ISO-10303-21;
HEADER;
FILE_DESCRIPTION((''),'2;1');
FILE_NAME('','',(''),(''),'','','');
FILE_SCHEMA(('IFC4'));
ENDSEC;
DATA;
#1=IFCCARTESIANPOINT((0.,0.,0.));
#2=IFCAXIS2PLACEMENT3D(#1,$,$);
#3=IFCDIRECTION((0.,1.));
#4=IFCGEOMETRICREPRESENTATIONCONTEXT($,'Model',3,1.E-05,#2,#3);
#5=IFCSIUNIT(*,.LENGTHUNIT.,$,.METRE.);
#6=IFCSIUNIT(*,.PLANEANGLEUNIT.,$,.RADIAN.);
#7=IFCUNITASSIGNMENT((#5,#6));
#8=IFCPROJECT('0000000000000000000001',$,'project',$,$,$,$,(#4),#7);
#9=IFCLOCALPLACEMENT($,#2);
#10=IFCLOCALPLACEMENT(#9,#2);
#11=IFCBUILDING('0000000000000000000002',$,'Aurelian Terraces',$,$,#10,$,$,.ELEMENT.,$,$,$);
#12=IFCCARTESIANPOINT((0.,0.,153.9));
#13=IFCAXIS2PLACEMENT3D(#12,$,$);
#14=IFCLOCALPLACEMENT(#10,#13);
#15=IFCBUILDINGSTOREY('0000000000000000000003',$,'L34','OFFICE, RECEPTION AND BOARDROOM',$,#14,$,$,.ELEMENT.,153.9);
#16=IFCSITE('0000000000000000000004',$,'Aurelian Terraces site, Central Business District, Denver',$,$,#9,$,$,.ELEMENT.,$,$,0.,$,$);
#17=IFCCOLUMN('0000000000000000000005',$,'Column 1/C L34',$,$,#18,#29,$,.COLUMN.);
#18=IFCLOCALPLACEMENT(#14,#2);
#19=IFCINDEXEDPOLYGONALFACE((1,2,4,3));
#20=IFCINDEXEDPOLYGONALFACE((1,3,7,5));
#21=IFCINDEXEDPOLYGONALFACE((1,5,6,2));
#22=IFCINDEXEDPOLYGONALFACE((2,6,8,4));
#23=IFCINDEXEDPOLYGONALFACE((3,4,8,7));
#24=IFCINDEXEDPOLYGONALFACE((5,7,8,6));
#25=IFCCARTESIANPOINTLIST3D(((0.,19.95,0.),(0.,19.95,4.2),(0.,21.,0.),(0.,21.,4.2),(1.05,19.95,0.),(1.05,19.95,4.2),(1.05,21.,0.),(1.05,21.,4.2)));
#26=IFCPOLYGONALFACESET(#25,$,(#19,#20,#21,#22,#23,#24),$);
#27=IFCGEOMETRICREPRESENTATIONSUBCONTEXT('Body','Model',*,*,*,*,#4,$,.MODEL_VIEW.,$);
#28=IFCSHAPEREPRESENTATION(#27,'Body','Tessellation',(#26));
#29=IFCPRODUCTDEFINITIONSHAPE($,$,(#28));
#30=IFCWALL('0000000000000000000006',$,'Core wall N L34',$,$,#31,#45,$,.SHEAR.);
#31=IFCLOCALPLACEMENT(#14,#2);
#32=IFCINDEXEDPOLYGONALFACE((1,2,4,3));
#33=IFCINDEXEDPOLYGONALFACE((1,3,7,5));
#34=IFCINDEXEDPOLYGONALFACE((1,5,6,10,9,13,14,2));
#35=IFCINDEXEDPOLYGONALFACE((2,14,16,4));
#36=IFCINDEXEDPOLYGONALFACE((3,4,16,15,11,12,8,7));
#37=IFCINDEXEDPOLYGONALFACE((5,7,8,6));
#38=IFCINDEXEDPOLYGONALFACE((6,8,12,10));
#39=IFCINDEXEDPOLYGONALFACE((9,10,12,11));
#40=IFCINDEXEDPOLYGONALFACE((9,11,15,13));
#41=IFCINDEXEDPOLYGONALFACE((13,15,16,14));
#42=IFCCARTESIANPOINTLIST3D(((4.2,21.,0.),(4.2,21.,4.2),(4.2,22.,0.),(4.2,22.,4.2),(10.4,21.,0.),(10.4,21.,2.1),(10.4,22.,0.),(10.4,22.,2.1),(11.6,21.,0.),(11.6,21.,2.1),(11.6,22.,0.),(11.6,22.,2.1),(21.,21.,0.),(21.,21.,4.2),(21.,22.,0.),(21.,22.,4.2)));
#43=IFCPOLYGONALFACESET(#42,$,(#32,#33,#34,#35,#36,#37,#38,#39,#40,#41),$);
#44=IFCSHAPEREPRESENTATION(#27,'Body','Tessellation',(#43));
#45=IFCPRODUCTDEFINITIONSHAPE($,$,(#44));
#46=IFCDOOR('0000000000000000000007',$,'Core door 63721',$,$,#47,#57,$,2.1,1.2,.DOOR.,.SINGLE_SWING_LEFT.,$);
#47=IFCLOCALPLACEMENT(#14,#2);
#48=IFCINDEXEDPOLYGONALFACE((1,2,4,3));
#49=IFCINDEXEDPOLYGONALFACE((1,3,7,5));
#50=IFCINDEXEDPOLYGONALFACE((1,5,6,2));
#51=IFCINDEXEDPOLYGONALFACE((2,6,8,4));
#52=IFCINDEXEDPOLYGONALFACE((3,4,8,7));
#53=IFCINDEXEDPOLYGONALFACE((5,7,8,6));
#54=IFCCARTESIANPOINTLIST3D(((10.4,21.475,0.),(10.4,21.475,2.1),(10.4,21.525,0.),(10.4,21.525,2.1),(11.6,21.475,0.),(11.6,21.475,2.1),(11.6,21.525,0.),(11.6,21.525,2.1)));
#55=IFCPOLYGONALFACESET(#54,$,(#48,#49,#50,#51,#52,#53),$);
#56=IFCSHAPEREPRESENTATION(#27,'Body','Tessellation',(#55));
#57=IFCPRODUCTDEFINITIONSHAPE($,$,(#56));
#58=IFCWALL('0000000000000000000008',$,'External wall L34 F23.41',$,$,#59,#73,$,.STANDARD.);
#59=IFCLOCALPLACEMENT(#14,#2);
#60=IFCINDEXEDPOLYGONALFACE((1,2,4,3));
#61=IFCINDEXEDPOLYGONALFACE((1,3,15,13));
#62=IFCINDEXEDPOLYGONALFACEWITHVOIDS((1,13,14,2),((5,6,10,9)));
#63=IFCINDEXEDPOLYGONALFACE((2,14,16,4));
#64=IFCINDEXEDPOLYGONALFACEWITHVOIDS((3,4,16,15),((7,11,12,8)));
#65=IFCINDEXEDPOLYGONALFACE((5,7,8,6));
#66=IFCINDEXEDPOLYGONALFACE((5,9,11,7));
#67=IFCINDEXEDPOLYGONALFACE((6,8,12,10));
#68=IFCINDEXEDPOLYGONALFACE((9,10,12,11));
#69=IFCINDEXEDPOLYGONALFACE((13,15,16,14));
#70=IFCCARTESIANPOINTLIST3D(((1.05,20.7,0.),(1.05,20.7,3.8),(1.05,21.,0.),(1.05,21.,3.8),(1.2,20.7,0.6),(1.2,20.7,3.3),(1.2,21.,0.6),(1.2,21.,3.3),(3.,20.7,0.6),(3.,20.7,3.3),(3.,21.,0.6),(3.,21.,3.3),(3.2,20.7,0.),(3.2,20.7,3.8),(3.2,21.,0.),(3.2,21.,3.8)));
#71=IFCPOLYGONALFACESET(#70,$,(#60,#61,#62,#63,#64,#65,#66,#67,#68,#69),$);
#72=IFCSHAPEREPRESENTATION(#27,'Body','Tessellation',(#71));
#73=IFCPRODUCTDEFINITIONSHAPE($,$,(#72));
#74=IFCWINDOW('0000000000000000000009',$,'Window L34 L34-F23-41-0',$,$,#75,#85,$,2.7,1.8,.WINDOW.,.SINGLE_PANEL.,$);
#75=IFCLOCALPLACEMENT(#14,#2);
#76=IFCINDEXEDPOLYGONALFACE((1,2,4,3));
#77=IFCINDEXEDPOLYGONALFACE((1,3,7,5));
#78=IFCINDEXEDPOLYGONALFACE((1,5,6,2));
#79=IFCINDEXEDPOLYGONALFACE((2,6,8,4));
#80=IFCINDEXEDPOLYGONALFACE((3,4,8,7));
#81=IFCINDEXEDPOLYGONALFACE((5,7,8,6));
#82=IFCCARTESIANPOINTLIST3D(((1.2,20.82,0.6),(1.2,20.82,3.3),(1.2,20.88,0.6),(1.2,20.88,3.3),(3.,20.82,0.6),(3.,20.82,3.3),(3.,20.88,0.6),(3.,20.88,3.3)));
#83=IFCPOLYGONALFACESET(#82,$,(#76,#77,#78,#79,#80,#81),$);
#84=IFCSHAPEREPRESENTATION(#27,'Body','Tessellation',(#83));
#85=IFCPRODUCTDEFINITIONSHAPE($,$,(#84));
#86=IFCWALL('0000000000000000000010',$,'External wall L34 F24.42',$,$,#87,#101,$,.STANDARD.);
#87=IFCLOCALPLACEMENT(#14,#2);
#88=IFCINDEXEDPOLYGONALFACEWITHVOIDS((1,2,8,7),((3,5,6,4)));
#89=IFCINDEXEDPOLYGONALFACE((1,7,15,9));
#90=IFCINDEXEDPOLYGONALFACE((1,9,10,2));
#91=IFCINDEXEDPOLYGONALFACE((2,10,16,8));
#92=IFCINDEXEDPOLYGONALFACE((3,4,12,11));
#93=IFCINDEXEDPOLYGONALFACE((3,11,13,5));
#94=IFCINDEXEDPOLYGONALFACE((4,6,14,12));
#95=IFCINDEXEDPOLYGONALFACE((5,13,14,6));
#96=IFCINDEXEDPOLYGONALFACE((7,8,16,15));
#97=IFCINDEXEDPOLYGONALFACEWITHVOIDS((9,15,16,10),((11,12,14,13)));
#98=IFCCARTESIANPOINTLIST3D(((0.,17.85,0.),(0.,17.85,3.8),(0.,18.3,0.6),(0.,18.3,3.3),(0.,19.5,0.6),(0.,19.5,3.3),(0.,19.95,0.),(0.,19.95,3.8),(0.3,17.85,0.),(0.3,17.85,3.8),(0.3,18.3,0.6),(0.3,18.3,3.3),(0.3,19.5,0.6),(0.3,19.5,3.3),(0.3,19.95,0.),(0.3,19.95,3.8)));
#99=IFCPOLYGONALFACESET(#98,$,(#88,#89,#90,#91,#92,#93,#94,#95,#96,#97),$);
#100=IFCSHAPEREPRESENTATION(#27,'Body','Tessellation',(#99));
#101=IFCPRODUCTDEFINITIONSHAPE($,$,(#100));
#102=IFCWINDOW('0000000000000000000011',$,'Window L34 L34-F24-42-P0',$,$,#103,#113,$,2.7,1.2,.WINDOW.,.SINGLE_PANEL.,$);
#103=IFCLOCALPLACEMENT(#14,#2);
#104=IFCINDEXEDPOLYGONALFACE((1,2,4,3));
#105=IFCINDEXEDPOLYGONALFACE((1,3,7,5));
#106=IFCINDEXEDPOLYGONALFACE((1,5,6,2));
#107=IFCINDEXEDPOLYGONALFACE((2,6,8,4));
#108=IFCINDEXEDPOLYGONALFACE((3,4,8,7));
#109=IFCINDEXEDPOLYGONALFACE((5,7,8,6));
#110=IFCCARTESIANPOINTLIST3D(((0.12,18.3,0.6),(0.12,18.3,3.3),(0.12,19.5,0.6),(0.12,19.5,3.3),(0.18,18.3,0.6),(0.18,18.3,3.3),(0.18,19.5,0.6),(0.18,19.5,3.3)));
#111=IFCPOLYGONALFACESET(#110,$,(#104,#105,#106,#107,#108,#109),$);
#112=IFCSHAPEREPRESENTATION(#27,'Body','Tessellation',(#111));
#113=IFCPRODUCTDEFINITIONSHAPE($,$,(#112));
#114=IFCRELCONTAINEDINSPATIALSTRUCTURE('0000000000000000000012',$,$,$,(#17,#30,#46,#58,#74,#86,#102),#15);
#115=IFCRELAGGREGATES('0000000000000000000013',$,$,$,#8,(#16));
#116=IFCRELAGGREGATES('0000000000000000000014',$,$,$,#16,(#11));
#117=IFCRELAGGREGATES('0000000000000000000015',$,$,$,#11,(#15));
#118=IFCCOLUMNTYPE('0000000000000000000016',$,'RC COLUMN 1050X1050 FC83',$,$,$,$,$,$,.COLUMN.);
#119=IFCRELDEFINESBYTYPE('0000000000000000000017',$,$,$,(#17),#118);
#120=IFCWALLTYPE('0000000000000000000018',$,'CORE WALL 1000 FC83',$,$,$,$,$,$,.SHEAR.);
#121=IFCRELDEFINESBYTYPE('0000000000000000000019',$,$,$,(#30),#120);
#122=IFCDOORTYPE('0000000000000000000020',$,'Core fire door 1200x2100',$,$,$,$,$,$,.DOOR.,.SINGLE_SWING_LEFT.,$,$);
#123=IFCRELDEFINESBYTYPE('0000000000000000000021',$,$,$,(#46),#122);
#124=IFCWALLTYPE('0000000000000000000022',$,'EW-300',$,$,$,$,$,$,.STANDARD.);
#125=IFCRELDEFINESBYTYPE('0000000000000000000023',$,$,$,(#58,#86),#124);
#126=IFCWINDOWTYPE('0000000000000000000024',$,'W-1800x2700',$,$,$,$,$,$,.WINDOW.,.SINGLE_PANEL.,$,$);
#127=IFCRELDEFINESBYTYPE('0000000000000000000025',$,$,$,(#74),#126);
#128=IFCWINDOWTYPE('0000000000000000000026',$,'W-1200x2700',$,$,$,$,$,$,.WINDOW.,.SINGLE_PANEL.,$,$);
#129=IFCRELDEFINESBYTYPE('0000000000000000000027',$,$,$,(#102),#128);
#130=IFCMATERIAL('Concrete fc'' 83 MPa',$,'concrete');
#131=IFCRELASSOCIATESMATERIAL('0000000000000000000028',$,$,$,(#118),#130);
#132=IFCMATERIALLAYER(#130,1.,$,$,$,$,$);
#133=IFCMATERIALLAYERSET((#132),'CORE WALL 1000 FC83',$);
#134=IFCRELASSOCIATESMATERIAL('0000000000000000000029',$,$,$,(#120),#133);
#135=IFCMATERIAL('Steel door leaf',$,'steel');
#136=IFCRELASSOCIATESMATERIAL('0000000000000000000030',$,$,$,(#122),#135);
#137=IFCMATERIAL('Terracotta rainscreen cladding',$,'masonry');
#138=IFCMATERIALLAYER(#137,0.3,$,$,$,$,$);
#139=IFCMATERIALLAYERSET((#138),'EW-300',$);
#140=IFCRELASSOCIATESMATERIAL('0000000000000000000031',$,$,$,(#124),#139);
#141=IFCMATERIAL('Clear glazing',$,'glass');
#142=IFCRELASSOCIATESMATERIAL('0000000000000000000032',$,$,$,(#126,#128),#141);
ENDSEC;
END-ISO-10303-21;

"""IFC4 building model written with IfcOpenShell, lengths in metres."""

from ifc_helpers import new_model, si_unit, direction, frame, frame_2d, origin, origin_2d, place, context, subcontext, project, spatial, rectangle, extrude, source, transform, mapped, material, layer, layer_set, material_profile, profile_set, type_object, element, fill, save


model = new_model("IFC4")

# Units and contexts
model_context = context("Model", 3, precision=1e-05, world=origin(), true_north=direction((0.0, 1.0)))
body_context = subcontext(model_context, "Body", "Model", "MODEL_VIEW")
ifc_project = project(units=[si_unit("LENGTHUNIT", "METRE"), si_unit("PLANEANGLEUNIT", "RADIAN")], contexts=[model_context])

# Site, building, storey
site_placement = place(None, origin())
site = spatial("IfcSite", under=ifc_project, at=site_placement, Name="Aurelian Terraces site, Central Business District, Denver", CompositionType="ELEMENT", RefElevation=0.0)
building_placement = place(site_placement, origin())
building = spatial("IfcBuilding", under=site, at=building_placement, Name="Aurelian Terraces", CompositionType="ELEMENT")
storey_placement = place(building_placement, frame((0.0, 0.0, 153.9)))
storey = spatial("IfcBuildingStorey", under=building, at=storey_placement, Name="L34", Description="OFFICE, RECEPTION AND BOARDROOM", CompositionType="ELEMENT", Elevation=153.9)

# Column
ifc_material_1 = material(Name="Concrete fc' 83 MPa", Category="concrete")
ifc_material_profile = material_profile(ifc_material_1, rectangle(XDim=1.05, YDim=1.05, at=origin_2d()))
ifc_profile_set = profile_set([ifc_material_profile], Name="Concrete fc' 83 MPa")
column_type = type_object("IfcColumnType", Name="RC COLUMN 1050X1050 FC83", PredefinedType="COLUMN", material=ifc_profile_set)
shared_shape_1 = source(origin(), body_context, "Body", "SweptSolid", [
    extrude(rectangle(XDim=1.05, YDim=1.05, at=origin_2d()), origin(), (0.0, 0.0, 1.0), 4.2),
])
column_placement = place(storey_placement, frame((0.525, 20.475, 0.0), z_axis=(0.0, 0.0, 1.0), x_axis=(1.0, 0.0, 0.0)))
element("IfcColumn", 1, at=column_placement, inside=storey, type_object=column_type, Name="Column 1/C L34", PredefinedType="COLUMN", context=body_context, shape_type="MappedRepresentation", body=[
    mapped(shared_shape_1, transform((0.0, 0.0, 0.0), scale=1.0)),
])

# Wall, opening, door
ifc_layer_1 = layer(ifc_material_1, 1.0)
ifc_layer_set_1 = layer_set([ifc_layer_1], Name="CORE WALL 1000 FC83")
wall_type_1 = type_object("IfcWallType", Name="CORE WALL 1000 FC83", PredefinedType="SHEAR", material=ifc_layer_set_1)
shared_shape_2 = source(origin(), body_context, "Body", "SweptSolid", [
    extrude(rectangle(XDim=16.8, YDim=1.0, at=frame_2d((8.4, 0.0))), origin(), (0.0, 0.0, 1.0), 4.2),
])
wall_1_placement = place(storey_placement, frame((4.2, 21.5, 0.0), z_axis=(0.0, 0.0, 1.0), x_axis=(1.0, 0.0, 0.0)))
wall_1 = element("IfcWall", 2, at=wall_1_placement, inside=storey, type_object=wall_type_1, Name="Core wall N L34", PredefinedType="SHEAR", context=body_context, shape_type="MappedRepresentation", body=[
    mapped(shared_shape_2, transform((0.0, 0.0, 0.0), scale=1.0)),
])
shared_shape_3 = source(origin(), body_context, "Body", "SweptSolid", [
    extrude(rectangle(XDim=1.2, YDim=2.1, at=frame_2d((0.6, 1.05))), frame((0.0, 0.51, 0.0), z_axis=(0.0, -1.0, 0.0), x_axis=(1.0, 0.0, 0.0)), (0.0, 0.0, 1.0), 1.02),
])
opening_1_placement = place(wall_1_placement, frame((6.2, 0.0, 0.0)))
opening_1 = element("IfcOpeningElement", 3, at=opening_1_placement, cuts=wall_1, PredefinedType="OPENING", context=body_context, shape_type="MappedRepresentation", body=[
    mapped(shared_shape_3, transform((0.0, 0.0, 0.0), scale=1.0)),
])
ifc_material_2 = material(Name="Steel door leaf", Category="steel")
door_type_1 = type_object("IfcDoorType", Name="Core fire door 1200x2100", OperationType="SINGLE_SWING_LEFT", PredefinedType="DOOR", material=ifc_material_2)
shared_shape_4 = source(origin(), body_context, "Body", "SweptSolid", [
    extrude(rectangle(XDim=1.2, YDim=2.1, at=frame_2d((0.6, 1.05))), frame((0.0, 0.025, 0.0), z_axis=(0.0, -1.0, 0.0), x_axis=(1.0, 0.0, 0.0)), (0.0, 0.0, 1.0), 0.05),
])
door_1_placement = place(opening_1_placement, origin())
door_1 = element("IfcDoor", 4, at=door_1_placement, inside=storey, type_object=door_type_1, Name="Core door 63721", OperationType="SINGLE_SWING_LEFT", OverallHeight=2.1, OverallWidth=1.2, PredefinedType="DOOR", context=body_context, shape_type="MappedRepresentation", body=[
    mapped(shared_shape_4, transform((0.0, 0.0, 0.0), scale=1.0)),
])
fill(opening_1, door_1)

# Walls, openings, windows
ifc_material_3 = material(Name="Terracotta rainscreen cladding", Category="masonry")
ifc_layer_2 = layer(ifc_material_3, 0.3)
ifc_layer_set_2 = layer_set([ifc_layer_2], Name="EW-300")
wall_type_2 = type_object("IfcWallType", Name="EW-300", PredefinedType="STANDARD", material=ifc_layer_set_2)
shared_shape_5 = source(origin(), body_context, "Body", "SweptSolid", [
    extrude(rectangle(XDim=2.15, YDim=0.3, at=frame_2d((1.075, 0.0))), origin(), (0.0, 0.0, 1.0), 3.8),
])
wall_2_placement = place(storey_placement, frame((3.2, 20.85, 0.0), z_axis=(0.0, 0.0, 1.0), x_axis=(-1.0, 0.0, 0.0)))
wall_2 = element("IfcWall", 5, at=wall_2_placement, inside=storey, type_object=wall_type_2, Name="External wall L34 F23.41", PredefinedType="STANDARD", context=body_context, shape_type="MappedRepresentation", body=[
    mapped(shared_shape_5, transform((0.0, 0.0, 0.0), scale=1.0)),
])
shared_shape_6 = source(origin(), body_context, "Body", "SweptSolid", [
    extrude(rectangle(XDim=1.8, YDim=2.7, at=frame_2d((0.9, 1.35))), frame((0.0, 0.16, 0.0), z_axis=(0.0, -1.0, 0.0), x_axis=(1.0, 0.0, 0.0)), (0.0, 0.0, 1.0), 0.32),
])
opening_2_placement = place(wall_2_placement, frame((0.2, 0.0, 0.6)))
opening_2 = element("IfcOpeningElement", 6, at=opening_2_placement, cuts=wall_2, PredefinedType="OPENING", context=body_context, shape_type="MappedRepresentation", body=[
    mapped(shared_shape_6, transform((0.0, 0.0, 0.0), scale=1.0)),
])
ifc_material_4 = material(Name="Clear glazing", Category="glass")
window_type_1 = type_object("IfcWindowType", Name="W-1800x2700", PartitioningType="SINGLE_PANEL", PredefinedType="WINDOW", material=ifc_material_4)
shared_shape_7 = source(origin(), body_context, "Body", "SweptSolid", [
    extrude(rectangle(XDim=1.8, YDim=2.7, at=frame_2d((0.9, 1.35))), frame((0.0, 0.03, 0.0), z_axis=(0.0, -1.0, 0.0), x_axis=(1.0, 0.0, 0.0)), (0.0, 0.0, 1.0), 0.06),
])
window_1_placement = place(opening_2_placement, origin())
window_1 = element("IfcWindow", 7, at=window_1_placement, inside=storey, type_object=window_type_1, Name="Window L34 L34-F23-41-0", OverallHeight=2.7, OverallWidth=1.8, PartitioningType="SINGLE_PANEL", PredefinedType="WINDOW", context=body_context, shape_type="MappedRepresentation", body=[
    mapped(shared_shape_7, transform((0.0, 0.0, 0.0), scale=1.0)),
])
fill(opening_2, window_1)
shared_shape_8 = source(origin(), body_context, "Body", "SweptSolid", [
    extrude(rectangle(XDim=2.1, YDim=0.3, at=frame_2d((1.05, 0.0))), origin(), (0.0, 0.0, 1.0), 3.8),
])
wall_3_placement = place(storey_placement, frame((0.15, 19.95, 0.0), z_axis=(0.0, 0.0, 1.0), x_axis=(0.0, -1.0, 0.0)))
wall_3 = element("IfcWall", 8, at=wall_3_placement, inside=storey, type_object=wall_type_2, Name="External wall L34 F24.42", PredefinedType="STANDARD", context=body_context, shape_type="MappedRepresentation", body=[
    mapped(shared_shape_8, transform((0.0, 0.0, 0.0), scale=1.0)),
])
shared_shape_9 = source(origin(), body_context, "Body", "SweptSolid", [
    extrude(rectangle(XDim=1.2, YDim=2.7, at=frame_2d((0.6, 1.35))), frame((0.0, 0.16, 0.0), z_axis=(0.0, -1.0, 0.0), x_axis=(1.0, 0.0, 0.0)), (0.0, 0.0, 1.0), 0.32),
])
opening_3_placement = place(wall_3_placement, frame((0.45, 0.0, 0.6)))
opening_3 = element("IfcOpeningElement", 9, at=opening_3_placement, cuts=wall_3, PredefinedType="OPENING", context=body_context, shape_type="MappedRepresentation", body=[
    mapped(shared_shape_9, transform((0.0, 0.0, 0.0), scale=1.0)),
])
window_type_2 = type_object("IfcWindowType", Name="W-1200x2700", PartitioningType="SINGLE_PANEL", PredefinedType="WINDOW", material=ifc_material_4)
shared_shape_10 = source(origin(), body_context, "Body", "SweptSolid", [
    extrude(rectangle(XDim=1.2, YDim=2.7, at=frame_2d((0.6, 1.35))), frame((0.0, 0.03, 0.0), z_axis=(0.0, -1.0, 0.0), x_axis=(1.0, 0.0, 0.0)), (0.0, 0.0, 1.0), 0.06),
])
window_2_placement = place(opening_3_placement, origin())
window_2 = element("IfcWindow", 10, at=window_2_placement, inside=storey, type_object=window_type_2, Name="Window L34 L34-F24-42-P0", OverallHeight=2.7, OverallWidth=1.2, PartitioningType="SINGLE_PANEL", PredefinedType="WINDOW", context=body_context, shape_type="MappedRepresentation", body=[
    mapped(shared_shape_10, transform((0.0, 0.0, 0.0), scale=1.0)),
])
fill(opening_3, window_2)

save(model, "model.ifc")
